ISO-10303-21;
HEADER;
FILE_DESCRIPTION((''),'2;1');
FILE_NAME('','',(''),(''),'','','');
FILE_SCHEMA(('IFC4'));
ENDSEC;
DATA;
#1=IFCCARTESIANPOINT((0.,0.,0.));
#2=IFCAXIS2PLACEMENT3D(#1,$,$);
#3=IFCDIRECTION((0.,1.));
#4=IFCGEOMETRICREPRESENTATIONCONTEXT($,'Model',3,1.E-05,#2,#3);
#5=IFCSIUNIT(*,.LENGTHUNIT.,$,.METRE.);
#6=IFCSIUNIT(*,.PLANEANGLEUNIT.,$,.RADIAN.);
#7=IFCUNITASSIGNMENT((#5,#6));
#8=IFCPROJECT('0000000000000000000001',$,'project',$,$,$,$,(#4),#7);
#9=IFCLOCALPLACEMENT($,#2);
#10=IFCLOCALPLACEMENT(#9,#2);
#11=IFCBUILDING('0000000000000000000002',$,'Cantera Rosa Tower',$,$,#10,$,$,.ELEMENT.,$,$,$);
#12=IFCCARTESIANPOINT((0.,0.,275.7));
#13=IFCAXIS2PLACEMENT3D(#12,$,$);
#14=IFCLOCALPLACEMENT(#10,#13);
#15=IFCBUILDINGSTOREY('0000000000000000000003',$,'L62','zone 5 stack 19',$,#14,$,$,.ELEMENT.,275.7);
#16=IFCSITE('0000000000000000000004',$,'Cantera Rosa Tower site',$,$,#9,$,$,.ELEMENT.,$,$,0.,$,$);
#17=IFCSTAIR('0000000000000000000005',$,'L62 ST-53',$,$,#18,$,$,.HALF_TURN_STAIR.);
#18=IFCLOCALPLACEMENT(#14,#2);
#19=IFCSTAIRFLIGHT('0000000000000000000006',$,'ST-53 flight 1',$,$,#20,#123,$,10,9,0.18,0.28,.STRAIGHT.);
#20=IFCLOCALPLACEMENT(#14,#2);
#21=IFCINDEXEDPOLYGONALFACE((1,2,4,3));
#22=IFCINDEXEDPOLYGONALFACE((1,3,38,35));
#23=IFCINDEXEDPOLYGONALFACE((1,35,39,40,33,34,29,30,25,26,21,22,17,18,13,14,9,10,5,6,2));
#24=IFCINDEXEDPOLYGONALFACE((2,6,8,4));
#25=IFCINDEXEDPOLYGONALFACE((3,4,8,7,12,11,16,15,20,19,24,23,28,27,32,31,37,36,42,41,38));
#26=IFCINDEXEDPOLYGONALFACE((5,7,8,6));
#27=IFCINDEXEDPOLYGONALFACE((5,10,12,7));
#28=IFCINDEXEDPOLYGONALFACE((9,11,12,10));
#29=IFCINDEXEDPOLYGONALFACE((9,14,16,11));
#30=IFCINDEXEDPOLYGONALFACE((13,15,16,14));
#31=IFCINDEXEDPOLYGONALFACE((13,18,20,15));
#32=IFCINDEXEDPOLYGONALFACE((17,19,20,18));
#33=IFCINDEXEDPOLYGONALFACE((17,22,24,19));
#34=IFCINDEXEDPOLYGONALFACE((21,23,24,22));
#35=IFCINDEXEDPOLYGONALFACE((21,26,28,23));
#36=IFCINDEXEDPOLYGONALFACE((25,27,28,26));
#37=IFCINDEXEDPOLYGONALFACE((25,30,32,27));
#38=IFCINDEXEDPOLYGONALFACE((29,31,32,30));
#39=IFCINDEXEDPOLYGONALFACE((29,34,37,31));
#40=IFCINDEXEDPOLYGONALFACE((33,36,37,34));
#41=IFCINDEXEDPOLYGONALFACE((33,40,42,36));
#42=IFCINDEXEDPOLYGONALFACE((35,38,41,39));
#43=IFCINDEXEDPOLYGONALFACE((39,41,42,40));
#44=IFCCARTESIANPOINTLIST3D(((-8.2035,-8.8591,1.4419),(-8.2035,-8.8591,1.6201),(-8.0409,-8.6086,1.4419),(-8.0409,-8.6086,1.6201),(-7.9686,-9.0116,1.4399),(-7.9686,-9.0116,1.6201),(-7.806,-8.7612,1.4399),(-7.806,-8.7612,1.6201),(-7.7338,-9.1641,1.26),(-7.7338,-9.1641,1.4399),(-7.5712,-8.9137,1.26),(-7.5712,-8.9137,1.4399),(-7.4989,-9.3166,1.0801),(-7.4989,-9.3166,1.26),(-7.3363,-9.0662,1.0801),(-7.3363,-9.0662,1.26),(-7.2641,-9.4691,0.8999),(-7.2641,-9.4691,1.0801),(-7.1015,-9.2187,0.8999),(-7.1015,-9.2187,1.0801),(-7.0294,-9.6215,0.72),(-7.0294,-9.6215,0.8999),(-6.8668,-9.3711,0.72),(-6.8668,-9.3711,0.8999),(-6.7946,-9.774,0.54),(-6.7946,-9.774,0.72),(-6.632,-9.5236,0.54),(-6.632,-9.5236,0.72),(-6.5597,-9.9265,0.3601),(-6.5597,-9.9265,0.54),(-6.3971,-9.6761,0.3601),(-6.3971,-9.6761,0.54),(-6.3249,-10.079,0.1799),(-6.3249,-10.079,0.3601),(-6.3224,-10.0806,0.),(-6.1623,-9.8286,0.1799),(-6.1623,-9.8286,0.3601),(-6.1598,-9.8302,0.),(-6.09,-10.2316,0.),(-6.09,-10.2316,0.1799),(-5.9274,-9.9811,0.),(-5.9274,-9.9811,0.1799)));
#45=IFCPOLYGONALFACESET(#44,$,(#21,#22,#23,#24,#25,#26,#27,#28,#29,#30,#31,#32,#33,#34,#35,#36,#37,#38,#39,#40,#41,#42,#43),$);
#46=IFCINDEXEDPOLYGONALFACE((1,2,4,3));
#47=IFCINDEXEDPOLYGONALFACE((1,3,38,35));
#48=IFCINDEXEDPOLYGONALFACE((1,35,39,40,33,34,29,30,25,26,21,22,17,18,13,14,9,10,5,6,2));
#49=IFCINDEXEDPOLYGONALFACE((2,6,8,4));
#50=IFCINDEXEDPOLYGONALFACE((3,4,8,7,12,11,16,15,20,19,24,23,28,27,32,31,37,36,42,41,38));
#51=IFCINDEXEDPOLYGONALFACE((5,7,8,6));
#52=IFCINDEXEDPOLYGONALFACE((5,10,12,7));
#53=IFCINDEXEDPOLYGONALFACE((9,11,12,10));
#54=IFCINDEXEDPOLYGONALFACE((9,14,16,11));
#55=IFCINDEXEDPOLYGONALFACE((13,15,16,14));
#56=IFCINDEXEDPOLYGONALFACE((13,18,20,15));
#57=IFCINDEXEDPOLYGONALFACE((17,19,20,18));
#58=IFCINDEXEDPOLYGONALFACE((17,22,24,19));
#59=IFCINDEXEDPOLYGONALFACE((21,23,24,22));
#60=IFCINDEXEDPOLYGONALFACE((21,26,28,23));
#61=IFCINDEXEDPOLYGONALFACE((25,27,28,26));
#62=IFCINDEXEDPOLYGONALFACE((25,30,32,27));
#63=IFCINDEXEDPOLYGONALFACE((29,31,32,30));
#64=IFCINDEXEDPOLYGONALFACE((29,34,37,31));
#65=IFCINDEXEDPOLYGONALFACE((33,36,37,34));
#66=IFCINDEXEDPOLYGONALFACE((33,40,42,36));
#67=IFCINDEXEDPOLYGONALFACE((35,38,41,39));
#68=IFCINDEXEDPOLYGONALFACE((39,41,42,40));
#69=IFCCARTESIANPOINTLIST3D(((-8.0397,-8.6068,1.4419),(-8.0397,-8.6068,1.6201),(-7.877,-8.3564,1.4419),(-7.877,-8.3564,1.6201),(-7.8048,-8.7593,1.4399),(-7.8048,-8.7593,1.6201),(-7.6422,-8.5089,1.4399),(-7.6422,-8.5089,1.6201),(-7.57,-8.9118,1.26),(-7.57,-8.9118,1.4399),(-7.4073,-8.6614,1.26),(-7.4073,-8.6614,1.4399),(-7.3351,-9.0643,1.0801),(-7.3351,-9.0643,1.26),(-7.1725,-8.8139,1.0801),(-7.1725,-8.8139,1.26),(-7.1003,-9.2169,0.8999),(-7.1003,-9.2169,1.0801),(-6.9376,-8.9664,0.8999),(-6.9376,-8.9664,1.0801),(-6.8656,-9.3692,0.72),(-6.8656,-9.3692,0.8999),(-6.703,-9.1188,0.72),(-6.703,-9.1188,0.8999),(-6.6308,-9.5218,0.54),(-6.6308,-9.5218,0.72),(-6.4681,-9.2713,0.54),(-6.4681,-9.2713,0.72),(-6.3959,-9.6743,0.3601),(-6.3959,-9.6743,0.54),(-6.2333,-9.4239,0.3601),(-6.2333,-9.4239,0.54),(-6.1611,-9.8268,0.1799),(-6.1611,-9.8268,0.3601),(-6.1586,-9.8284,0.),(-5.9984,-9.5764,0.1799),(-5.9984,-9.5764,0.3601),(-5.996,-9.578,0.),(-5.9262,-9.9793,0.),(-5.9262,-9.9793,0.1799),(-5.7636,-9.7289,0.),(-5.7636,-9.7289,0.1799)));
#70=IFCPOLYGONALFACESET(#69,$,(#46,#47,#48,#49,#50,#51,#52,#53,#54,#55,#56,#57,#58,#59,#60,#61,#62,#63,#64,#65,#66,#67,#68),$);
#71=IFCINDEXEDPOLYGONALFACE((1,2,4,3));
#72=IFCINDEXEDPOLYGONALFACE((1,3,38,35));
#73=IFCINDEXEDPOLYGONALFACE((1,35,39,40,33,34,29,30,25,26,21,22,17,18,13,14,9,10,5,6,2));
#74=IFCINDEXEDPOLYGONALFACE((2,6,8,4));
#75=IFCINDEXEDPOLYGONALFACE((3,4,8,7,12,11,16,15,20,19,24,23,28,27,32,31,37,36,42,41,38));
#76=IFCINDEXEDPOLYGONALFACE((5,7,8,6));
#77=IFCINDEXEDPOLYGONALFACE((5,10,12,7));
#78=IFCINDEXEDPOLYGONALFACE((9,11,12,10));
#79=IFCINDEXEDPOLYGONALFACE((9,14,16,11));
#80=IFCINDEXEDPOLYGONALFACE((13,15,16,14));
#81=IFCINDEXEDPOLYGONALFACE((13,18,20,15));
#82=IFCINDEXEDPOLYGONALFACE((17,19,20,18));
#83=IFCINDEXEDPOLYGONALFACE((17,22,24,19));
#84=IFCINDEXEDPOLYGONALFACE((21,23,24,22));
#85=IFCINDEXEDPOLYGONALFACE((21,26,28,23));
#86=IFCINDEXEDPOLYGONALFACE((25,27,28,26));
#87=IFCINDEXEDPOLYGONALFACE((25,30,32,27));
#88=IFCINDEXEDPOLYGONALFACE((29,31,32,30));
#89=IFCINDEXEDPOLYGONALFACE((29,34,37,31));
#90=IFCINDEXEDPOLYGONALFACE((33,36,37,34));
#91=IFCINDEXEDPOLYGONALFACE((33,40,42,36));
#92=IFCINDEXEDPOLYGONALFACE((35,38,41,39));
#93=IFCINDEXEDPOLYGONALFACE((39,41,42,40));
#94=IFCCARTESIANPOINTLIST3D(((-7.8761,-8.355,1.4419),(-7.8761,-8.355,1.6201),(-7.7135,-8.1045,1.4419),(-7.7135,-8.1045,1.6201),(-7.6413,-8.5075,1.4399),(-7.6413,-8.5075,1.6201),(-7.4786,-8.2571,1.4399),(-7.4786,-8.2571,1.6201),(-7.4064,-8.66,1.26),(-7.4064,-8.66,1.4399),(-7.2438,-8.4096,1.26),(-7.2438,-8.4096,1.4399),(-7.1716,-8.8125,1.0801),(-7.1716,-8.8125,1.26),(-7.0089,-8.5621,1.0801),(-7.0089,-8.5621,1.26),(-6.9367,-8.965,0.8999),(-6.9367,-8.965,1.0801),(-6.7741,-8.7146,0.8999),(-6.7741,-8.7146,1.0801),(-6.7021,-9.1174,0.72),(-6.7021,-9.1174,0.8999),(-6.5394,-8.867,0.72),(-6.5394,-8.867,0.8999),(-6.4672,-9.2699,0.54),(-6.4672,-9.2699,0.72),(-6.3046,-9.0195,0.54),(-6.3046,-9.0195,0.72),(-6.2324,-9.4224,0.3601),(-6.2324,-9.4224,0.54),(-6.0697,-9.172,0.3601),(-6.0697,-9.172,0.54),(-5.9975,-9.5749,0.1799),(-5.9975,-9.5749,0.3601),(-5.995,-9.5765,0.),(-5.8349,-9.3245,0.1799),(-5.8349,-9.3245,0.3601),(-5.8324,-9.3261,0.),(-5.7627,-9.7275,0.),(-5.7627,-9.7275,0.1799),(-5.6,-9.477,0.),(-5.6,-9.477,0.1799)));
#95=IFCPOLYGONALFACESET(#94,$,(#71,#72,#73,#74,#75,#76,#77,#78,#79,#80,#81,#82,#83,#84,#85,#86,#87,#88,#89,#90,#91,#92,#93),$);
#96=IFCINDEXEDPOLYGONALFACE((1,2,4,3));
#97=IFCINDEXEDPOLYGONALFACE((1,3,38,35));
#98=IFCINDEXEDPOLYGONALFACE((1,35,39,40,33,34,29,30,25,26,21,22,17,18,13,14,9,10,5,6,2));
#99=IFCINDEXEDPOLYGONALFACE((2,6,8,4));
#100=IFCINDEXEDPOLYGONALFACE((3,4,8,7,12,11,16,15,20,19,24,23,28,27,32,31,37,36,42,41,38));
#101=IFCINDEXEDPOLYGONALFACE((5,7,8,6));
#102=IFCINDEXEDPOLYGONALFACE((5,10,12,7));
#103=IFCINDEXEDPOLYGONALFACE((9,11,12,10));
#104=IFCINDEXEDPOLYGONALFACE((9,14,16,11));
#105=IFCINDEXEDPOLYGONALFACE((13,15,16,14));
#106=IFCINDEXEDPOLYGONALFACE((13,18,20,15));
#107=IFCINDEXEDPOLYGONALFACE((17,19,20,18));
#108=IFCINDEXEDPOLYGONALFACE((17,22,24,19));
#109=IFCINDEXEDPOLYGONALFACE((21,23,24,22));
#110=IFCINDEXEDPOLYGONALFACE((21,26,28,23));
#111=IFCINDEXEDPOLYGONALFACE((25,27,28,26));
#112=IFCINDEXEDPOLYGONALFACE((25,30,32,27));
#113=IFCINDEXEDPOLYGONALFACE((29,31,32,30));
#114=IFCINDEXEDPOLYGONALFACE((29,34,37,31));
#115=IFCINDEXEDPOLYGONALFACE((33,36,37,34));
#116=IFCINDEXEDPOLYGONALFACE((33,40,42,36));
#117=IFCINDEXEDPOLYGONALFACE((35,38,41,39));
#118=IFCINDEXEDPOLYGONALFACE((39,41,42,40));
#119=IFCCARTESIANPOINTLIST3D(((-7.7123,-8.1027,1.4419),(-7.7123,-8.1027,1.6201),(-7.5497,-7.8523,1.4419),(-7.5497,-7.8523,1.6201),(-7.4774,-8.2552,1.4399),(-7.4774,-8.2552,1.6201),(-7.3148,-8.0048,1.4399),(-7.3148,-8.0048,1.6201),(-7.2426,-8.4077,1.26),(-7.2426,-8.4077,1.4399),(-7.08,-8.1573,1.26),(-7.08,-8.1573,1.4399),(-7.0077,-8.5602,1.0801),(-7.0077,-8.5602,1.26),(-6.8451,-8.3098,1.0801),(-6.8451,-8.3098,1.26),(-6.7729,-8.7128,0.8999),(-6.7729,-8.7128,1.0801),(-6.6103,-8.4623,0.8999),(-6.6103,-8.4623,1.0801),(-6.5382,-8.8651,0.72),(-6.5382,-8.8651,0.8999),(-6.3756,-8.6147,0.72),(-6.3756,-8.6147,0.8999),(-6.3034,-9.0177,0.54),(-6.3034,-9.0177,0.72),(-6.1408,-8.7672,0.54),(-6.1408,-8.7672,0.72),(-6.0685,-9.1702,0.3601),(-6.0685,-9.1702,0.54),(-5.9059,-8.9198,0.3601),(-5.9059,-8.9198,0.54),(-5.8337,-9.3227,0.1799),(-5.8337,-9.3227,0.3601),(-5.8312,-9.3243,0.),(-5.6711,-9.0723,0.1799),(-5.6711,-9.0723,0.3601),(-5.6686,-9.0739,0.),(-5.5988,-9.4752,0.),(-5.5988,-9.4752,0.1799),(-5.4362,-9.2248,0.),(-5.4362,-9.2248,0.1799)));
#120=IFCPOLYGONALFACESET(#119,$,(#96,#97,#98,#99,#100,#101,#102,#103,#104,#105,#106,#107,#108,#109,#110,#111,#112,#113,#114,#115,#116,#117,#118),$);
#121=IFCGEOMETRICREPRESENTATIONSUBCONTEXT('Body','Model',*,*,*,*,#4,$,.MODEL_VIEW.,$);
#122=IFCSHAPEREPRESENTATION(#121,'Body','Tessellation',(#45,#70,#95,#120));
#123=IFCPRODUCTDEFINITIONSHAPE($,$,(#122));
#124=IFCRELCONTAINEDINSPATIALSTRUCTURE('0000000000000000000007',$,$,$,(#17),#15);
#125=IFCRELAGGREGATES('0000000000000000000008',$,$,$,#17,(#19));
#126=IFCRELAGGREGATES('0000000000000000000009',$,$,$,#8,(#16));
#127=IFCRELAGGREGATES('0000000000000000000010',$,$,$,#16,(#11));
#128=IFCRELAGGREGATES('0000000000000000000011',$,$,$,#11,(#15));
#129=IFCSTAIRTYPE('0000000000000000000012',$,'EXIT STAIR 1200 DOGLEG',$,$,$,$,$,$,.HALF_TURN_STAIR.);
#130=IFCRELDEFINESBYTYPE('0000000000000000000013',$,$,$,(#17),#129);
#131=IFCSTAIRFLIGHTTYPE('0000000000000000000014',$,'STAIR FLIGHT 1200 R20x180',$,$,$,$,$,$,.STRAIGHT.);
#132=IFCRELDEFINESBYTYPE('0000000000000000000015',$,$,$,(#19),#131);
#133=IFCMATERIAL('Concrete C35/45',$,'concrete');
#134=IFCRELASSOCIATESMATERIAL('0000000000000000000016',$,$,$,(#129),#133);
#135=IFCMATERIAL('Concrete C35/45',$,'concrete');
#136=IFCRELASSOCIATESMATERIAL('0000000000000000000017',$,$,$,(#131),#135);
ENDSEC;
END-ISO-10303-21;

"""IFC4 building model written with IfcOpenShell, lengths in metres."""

from ifc_helpers import new_model, si_unit, direction, frame, origin, place, context, subcontext, project, spatial, polyline, outline, extrude, material, type_object, element, aggregate, save


model = new_model("IFC4")

# Units and contexts
model_context = context("Model", 3, precision=1e-05, world=origin(), true_north=direction((0.0, 1.0)))
body_context = subcontext(model_context, "Body", "Model", "MODEL_VIEW")
ifc_project = project(units=[si_unit("LENGTHUNIT", "METRE"), si_unit("PLANEANGLEUNIT", "RADIAN")], contexts=[model_context])

# Site, building, storey
site_placement = place(None, origin())
site = spatial("IfcSite", under=ifc_project, at=site_placement, Name="Cantera Rosa Tower site", CompositionType="ELEMENT", RefElevation=0.0)
building_placement = place(site_placement, origin())
building = spatial("IfcBuilding", under=site, at=building_placement, Name="Cantera Rosa Tower", CompositionType="ELEMENT")
storey_placement = place(building_placement, frame((0.0, 0.0, 275.7)))
storey = spatial("IfcBuildingStorey", under=building, at=storey_placement, Name="L62", Description="zone 5 stack 19", CompositionType="ELEMENT", Elevation=275.7)

# Stair, stair flight
ifc_material_1 = material(Name="Concrete C35/45", Category="concrete")
stair_type = type_object("IfcStairType", Name="EXIT STAIR 1200 DOGLEG", PredefinedType="HALF_TURN_STAIR", material=ifc_material_1)
stair_placement = place(storey_placement, origin())
stair = element("IfcStair", 1, at=stair_placement, inside=storey, type_object=stair_type, Name="L62 ST-53", PredefinedType="HALF_TURN_STAIR")
ifc_material_2 = material(Name="Concrete C35/45", Category="concrete")
stair_flight_type = type_object("IfcStairFlightType", Name="STAIR FLIGHT 1200 R20x180", PredefinedType="STRAIGHT", material=ifc_material_2)
stair_flight_1_placement = place(storey_placement, frame((-5.7632, -9.7283, 0.0), z_axis=(0.0, 0.0, 1.0), x_axis=(-0.838671, 0.544639, 0.0)))
stair_flight_1 = element("IfcStairFlight", 2, at=stair_flight_1_placement, type_object=stair_flight_type, Name="ST-53 flight 1", NumberOfRisers=10, NumberOfTreads=9, PredefinedType="STRAIGHT", RiserHeight=0.18, TreadLength=0.28, context=body_context, shape_type="SweptSolid", body=[
    extrude(outline(polyline([(0.0, 0.0), (0.0, 0.1799), (0.28, 0.1799), (0.28, 0.3601), (0.5601, 0.3601), (0.5601, 0.54), (0.8401, 0.54), (0.8401, 0.72), (1.1201, 0.72), (1.1201, 0.8999), (1.3999, 0.8999), (1.3999, 1.0801), (1.6799, 1.0801), (1.6799, 1.26), (1.96, 1.26), (1.96, 1.4399), (2.24, 1.4399), (2.24, 1.6201), (2.52, 1.6201), (2.52, 1.8), (2.52, 1.4419), (0.2771, 0.0), (0.0, 0.0)])), frame((0.0, 0.6001, 0.0), z_axis=(0.0, -1.0, 0.0), x_axis=(1.0, 0.0, 0.0)), (0.0, 0.0, 1.0), 0.2986),
    extrude(outline(polyline([(0.0, 0.0), (0.0, 0.1799), (0.28, 0.1799), (0.28, 0.3601), (0.5601, 0.3601), (0.5601, 0.54), (0.8401, 0.54), (0.8401, 0.72), (1.1201, 0.72), (1.1201, 0.8999), (1.3999, 0.8999), (1.3999, 1.0801), (1.6799, 1.0801), (1.6799, 1.26), (1.96, 1.26), (1.96, 1.4399), (2.24, 1.4399), (2.24, 1.6201), (2.52, 1.6201), (2.52, 1.8), (2.52, 1.4419), (0.2771, 0.0), (0.0, 0.0)])), frame((0.0, 0.2993, 0.0), z_axis=(0.0, -1.0, 0.0), x_axis=(1.0, 0.0, 0.0)), (0.0, 0.0, 1.0), 0.2986),
    extrude(outline(polyline([(0.0, 0.0), (0.0, 0.1799), (0.28, 0.1799), (0.28, 0.3601), (0.5601, 0.3601), (0.5601, 0.54), (0.8401, 0.54), (0.8401, 0.72), (1.1201, 0.72), (1.1201, 0.8999), (1.3999, 0.8999), (1.3999, 1.0801), (1.6799, 1.0801), (1.6799, 1.26), (1.96, 1.26), (1.96, 1.4399), (2.24, 1.4399), (2.24, 1.6201), (2.52, 1.6201), (2.52, 1.8), (2.52, 1.4419), (0.2771, 0.0), (0.0, 0.0)])), frame((0.0, -0.001, 0.0), z_axis=(0.0, -1.0, 0.0), x_axis=(1.0, 0.0, 0.0)), (0.0, 0.0, 1.0), 0.2986),
    extrude(outline(polyline([(0.0, 0.0), (0.0, 0.1799), (0.28, 0.1799), (0.28, 0.3601), (0.5601, 0.3601), (0.5601, 0.54), (0.8401, 0.54), (0.8401, 0.72), (1.1201, 0.72), (1.1201, 0.8999), (1.3999, 0.8999), (1.3999, 1.0801), (1.6799, 1.0801), (1.6799, 1.26), (1.96, 1.26), (1.96, 1.4399), (2.24, 1.4399), (2.24, 1.6201), (2.52, 1.6201), (2.52, 1.8), (2.52, 1.4419), (0.2771, 0.0), (0.0, 0.0)])), frame((0.0, -0.3018, 0.0), z_axis=(0.0, -1.0, 0.0), x_axis=(1.0, 0.0, 0.0)), (0.0, 0.0, 1.0), 0.2986),
])
aggregate(stair, [stair_flight_1])

save(model, "model.ifc")
